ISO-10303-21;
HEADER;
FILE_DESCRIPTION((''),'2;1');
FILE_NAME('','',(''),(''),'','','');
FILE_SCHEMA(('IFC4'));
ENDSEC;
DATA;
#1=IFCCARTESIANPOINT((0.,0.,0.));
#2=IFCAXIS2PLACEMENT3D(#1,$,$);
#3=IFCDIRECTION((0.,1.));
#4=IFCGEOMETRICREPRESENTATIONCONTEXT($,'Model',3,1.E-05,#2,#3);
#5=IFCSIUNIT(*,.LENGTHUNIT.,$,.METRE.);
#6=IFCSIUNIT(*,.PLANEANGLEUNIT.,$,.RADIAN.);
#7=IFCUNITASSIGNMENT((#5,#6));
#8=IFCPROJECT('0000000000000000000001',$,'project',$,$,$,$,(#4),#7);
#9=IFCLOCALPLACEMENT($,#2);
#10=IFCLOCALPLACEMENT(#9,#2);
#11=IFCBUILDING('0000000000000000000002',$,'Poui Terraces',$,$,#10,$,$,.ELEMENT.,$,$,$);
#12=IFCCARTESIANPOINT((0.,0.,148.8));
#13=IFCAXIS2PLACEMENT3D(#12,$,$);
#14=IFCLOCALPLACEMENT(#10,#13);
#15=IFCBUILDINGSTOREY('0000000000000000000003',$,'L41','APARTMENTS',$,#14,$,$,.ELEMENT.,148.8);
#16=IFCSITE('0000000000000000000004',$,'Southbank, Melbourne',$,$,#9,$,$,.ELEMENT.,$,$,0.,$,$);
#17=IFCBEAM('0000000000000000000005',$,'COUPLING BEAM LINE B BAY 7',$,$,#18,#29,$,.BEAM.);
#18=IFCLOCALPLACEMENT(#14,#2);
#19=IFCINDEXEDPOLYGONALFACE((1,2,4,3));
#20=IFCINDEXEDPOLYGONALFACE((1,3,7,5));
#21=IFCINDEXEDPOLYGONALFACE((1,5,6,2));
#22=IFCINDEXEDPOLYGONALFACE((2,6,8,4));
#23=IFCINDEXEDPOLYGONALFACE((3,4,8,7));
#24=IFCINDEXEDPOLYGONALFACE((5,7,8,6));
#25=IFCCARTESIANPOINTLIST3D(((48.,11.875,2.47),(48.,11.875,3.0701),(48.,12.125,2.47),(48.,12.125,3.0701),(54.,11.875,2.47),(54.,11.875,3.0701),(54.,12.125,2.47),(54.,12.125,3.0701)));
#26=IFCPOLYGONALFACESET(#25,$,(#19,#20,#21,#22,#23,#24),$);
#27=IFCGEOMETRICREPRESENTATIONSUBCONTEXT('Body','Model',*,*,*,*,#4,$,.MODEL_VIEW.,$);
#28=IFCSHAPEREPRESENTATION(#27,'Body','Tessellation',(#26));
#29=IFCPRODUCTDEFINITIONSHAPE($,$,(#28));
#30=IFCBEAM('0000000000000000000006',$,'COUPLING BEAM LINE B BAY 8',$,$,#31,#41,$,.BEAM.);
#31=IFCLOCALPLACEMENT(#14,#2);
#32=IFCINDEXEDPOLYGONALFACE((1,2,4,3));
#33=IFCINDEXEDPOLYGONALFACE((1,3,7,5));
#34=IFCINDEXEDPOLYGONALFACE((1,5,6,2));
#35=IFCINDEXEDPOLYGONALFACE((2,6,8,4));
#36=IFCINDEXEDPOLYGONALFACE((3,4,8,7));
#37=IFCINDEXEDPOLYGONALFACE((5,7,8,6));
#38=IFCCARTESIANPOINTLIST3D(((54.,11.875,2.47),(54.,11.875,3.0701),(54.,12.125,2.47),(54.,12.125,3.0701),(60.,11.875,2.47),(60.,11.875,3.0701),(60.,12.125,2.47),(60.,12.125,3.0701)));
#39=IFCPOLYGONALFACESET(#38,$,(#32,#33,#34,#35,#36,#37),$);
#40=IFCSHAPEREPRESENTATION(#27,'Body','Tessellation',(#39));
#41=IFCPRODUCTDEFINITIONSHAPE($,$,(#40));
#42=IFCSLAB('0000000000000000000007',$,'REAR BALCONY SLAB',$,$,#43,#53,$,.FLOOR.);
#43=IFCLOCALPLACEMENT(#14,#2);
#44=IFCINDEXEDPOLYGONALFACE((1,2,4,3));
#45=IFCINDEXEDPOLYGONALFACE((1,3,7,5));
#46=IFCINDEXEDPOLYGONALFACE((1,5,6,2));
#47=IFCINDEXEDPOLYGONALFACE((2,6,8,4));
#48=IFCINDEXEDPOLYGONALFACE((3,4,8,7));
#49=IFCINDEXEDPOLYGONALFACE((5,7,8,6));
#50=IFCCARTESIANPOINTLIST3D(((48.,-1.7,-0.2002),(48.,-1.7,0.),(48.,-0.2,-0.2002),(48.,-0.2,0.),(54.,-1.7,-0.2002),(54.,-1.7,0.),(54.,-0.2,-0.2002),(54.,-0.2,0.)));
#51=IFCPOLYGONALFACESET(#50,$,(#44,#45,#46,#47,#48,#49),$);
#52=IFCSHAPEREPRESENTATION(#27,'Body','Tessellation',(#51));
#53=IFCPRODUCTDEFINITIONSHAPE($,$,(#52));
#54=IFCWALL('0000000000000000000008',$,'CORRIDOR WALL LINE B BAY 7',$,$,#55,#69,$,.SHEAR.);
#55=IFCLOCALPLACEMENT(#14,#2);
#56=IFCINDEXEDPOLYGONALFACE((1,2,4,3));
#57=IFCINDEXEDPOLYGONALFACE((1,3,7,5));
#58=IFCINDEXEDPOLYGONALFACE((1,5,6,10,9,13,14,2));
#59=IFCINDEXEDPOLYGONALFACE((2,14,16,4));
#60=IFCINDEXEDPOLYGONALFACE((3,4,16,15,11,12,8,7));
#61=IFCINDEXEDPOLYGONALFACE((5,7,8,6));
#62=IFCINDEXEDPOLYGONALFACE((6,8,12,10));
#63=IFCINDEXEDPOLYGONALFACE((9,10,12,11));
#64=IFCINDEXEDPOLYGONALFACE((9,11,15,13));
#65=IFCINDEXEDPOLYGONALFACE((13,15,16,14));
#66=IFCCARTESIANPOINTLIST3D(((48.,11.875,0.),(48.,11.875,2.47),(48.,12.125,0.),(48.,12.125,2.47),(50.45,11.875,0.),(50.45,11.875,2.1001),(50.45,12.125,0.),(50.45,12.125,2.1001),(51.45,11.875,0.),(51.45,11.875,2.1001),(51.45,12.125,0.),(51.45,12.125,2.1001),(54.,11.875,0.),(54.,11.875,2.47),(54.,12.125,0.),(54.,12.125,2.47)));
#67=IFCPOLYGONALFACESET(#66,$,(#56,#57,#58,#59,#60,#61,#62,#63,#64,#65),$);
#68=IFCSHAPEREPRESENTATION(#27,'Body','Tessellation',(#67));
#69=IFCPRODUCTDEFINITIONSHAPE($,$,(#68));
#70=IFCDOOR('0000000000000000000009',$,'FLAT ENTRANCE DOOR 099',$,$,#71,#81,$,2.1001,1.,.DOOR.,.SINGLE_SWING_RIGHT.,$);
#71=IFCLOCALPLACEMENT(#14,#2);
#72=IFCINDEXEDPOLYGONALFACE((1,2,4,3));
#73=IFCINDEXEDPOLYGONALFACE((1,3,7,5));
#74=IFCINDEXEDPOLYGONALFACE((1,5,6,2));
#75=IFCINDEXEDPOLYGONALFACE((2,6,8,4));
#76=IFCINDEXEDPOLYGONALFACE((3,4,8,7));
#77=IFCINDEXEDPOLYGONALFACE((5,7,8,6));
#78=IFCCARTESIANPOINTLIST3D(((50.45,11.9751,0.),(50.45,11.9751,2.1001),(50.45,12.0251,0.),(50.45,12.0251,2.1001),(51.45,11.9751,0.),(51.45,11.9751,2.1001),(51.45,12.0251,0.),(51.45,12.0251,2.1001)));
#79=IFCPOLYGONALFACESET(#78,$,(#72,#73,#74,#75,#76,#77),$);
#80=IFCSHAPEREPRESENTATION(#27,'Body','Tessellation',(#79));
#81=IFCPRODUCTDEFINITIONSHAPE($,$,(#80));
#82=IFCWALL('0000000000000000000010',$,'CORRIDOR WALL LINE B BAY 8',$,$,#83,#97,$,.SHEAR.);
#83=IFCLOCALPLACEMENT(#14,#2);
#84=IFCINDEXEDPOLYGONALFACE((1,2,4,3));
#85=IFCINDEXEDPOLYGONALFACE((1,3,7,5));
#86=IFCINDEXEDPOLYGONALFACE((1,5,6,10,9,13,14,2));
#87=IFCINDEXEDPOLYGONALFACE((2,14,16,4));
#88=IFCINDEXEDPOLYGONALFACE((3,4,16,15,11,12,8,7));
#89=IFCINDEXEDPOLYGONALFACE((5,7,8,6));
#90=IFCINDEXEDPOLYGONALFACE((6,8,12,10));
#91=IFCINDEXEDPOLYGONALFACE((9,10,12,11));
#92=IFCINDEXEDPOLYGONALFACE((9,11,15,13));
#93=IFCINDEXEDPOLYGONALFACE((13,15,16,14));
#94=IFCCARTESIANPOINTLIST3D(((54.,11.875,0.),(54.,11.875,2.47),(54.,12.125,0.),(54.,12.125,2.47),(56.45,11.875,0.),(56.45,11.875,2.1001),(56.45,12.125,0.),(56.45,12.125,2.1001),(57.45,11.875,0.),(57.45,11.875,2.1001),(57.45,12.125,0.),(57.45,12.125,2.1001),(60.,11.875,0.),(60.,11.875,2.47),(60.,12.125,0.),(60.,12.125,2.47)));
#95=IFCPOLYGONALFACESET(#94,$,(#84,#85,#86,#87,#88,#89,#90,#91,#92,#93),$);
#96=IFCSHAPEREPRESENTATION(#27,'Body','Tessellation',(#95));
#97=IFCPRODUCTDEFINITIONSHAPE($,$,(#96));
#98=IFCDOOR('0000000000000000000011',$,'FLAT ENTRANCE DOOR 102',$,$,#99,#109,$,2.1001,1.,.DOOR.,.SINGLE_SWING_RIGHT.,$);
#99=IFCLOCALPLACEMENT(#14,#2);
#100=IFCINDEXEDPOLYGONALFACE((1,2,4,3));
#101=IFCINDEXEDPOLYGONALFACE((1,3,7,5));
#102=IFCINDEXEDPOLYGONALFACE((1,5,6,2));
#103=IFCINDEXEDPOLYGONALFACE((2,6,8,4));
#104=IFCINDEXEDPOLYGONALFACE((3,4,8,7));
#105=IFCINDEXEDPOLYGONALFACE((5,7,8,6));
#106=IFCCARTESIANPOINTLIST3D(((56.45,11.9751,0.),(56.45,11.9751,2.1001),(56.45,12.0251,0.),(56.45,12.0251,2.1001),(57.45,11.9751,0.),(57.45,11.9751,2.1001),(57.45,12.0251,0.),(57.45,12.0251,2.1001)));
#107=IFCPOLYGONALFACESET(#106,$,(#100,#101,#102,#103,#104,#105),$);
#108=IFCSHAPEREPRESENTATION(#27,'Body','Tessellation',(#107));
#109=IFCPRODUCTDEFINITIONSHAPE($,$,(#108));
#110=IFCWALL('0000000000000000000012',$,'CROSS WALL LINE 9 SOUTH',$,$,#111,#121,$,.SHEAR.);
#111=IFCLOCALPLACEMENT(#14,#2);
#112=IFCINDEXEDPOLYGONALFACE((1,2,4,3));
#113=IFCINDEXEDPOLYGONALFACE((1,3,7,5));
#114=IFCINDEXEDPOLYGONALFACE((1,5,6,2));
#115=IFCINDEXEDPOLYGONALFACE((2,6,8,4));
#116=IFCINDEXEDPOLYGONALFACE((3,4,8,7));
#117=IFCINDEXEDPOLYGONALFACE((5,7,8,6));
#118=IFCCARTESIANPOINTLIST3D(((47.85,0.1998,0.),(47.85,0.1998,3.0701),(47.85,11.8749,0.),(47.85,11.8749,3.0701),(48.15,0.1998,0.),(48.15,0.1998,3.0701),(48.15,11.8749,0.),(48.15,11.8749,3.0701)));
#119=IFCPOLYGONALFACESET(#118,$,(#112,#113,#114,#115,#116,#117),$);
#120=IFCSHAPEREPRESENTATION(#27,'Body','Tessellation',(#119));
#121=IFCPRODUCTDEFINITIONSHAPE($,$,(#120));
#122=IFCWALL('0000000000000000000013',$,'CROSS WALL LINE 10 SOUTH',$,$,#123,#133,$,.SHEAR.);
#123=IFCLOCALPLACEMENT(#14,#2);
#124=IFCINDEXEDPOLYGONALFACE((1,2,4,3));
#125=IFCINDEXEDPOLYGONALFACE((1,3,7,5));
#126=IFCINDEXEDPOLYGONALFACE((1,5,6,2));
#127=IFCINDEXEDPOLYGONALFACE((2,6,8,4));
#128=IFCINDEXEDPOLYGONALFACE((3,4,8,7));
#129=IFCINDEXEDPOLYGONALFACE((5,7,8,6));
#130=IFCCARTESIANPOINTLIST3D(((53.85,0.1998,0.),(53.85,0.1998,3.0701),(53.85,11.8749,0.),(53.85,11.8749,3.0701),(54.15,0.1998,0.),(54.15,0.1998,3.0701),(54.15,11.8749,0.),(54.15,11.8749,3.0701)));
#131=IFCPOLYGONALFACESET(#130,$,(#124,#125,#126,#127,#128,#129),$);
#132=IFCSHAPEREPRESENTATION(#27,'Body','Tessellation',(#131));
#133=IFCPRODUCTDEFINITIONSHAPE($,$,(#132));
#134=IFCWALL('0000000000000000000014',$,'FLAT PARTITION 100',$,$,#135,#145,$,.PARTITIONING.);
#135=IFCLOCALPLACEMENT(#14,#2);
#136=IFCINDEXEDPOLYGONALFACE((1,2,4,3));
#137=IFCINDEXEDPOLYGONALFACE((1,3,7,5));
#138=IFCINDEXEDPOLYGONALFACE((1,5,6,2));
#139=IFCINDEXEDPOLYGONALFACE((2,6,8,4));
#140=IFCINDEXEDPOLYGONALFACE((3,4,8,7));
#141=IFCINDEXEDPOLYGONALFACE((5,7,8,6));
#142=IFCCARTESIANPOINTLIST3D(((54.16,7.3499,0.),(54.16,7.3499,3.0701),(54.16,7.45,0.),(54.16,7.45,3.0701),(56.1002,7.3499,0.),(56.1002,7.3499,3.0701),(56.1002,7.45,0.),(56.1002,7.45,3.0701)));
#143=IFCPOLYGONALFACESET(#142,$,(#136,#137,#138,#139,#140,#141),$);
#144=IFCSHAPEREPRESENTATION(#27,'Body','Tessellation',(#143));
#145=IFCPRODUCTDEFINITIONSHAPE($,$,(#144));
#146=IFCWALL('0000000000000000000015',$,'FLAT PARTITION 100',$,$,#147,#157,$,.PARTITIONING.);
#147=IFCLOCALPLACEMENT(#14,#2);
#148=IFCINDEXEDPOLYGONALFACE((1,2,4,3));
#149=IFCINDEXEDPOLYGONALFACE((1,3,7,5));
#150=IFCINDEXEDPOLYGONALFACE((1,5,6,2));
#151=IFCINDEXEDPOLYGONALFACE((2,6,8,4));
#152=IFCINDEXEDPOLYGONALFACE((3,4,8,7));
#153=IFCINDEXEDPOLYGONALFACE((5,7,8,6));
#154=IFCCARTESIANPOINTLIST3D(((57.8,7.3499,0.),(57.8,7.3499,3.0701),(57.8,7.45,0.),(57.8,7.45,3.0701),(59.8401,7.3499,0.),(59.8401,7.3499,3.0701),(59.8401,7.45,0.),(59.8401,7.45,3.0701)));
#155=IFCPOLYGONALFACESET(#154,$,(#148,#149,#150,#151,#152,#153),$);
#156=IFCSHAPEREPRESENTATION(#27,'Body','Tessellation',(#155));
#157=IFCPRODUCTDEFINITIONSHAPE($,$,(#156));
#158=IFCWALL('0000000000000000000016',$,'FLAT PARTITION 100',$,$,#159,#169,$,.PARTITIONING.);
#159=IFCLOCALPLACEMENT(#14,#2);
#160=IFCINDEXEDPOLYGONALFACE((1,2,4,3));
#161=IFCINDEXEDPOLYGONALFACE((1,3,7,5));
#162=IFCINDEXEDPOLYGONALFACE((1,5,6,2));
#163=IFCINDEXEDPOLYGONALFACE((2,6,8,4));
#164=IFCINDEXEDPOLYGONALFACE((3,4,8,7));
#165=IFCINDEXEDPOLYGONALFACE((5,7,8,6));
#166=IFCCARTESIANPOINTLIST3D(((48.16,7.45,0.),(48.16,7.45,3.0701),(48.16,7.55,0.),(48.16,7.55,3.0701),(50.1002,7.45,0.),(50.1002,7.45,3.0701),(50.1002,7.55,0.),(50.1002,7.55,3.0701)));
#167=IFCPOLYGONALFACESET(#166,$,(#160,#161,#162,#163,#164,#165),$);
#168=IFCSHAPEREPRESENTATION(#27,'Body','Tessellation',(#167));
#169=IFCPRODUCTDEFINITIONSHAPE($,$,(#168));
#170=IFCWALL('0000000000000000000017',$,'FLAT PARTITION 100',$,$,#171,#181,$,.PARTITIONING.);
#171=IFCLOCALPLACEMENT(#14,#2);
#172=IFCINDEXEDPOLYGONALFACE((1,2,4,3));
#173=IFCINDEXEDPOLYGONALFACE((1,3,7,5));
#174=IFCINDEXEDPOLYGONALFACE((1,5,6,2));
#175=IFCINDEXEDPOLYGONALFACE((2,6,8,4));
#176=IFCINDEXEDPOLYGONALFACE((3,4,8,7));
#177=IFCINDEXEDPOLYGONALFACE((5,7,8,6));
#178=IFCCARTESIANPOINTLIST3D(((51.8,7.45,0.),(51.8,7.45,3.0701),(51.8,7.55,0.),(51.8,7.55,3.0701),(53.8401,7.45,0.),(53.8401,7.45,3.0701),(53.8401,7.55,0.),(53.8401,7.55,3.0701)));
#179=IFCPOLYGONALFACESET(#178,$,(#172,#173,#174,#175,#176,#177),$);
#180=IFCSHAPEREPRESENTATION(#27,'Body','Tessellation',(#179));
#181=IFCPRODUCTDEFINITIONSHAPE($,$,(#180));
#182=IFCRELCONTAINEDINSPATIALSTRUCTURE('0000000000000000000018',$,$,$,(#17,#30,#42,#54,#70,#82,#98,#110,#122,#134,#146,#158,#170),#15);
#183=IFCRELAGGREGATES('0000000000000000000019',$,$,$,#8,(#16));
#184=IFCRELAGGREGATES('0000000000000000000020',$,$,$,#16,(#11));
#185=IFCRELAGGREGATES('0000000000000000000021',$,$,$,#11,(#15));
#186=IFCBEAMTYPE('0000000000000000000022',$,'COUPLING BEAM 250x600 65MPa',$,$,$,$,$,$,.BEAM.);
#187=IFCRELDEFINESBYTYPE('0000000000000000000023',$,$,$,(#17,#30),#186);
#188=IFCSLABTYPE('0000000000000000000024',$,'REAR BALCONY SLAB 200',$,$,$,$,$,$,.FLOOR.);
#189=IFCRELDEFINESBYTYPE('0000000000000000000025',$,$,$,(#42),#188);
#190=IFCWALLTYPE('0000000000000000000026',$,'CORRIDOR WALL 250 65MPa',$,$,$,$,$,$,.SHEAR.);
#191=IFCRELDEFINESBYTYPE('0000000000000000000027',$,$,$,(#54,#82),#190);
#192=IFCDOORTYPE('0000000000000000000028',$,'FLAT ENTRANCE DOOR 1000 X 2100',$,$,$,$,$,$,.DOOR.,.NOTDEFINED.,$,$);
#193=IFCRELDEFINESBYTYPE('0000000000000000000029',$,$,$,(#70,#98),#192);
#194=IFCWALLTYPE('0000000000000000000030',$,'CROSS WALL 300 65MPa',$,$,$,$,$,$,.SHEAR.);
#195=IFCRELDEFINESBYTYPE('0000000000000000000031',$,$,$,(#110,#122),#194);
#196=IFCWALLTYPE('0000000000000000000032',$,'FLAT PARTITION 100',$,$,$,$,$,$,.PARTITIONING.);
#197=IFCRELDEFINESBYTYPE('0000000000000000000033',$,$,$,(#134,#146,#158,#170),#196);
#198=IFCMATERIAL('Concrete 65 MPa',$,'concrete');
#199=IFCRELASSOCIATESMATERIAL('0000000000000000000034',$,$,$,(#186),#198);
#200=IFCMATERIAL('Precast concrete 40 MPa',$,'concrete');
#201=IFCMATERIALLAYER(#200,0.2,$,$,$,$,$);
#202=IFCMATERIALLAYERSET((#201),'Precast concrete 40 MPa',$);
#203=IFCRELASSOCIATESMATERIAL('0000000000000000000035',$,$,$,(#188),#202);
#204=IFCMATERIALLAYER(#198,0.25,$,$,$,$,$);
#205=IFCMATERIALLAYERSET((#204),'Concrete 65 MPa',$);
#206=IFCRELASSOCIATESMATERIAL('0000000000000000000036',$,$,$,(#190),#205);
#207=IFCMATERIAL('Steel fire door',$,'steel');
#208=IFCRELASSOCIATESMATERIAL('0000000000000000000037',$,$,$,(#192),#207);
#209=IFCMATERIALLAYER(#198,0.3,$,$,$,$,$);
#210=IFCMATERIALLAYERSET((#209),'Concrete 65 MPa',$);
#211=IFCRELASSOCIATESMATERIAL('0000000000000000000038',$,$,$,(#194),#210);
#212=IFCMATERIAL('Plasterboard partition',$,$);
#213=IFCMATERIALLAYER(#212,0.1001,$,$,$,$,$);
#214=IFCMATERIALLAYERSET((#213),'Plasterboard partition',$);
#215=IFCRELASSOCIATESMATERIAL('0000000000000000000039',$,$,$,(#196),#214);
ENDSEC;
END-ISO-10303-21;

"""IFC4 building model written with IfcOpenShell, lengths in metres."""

from ifc_helpers import new_model, si_unit, direction, frame, frame_2d, origin, origin_2d, place, context, subcontext, project, spatial, polyline, rectangle, outline, extrude, source, transform, mapped, material, layer, layer_set, material_profile, profile_set, type_object, element, fill, save


model = new_model("IFC4")

# Units and contexts
model_context = context("Model", 3, precision=1e-05, world=origin(), true_north=direction((0.0, 1.0)))
body_context = subcontext(model_context, "Body", "Model", "MODEL_VIEW")
ifc_project = project(units=[si_unit("LENGTHUNIT", "METRE"), si_unit("PLANEANGLEUNIT", "RADIAN")], contexts=[model_context])

# Site, building, storey
site_placement = place(None, origin())
site = spatial("IfcSite", under=ifc_project, at=site_placement, Name="Southbank, Melbourne", CompositionType="ELEMENT", RefElevation=0.0)
building_placement = place(site_placement, origin())
building = spatial("IfcBuilding", under=site, at=building_placement, Name="Poui Terraces", CompositionType="ELEMENT")
storey_placement = place(building_placement, frame((0.0, 0.0, 148.8)))
storey = spatial("IfcBuildingStorey", under=building, at=storey_placement, Name="L41", Description="APARTMENTS", CompositionType="ELEMENT", Elevation=148.8)

# Beams
ifc_material_1 = material(Name="Concrete 65 MPa", Category="concrete")
ifc_material_profile_1 = material_profile(ifc_material_1, rectangle(XDim=0.25, YDim=0.6001, at=origin_2d()), Name="RC 250x600")
ifc_profile_set_1 = profile_set([ifc_material_profile_1], Name="Concrete 65 MPa")
beam_type = type_object("IfcBeamType", Name="COUPLING BEAM 250x600 65MPa", PredefinedType="BEAM", material=ifc_profile_set_1)
shared_shape_1 = source(origin(), body_context, "Body", "SweptSolid", [
    extrude(rectangle(XDim=0.25, YDim=0.6001, at=origin_2d()), origin(), (0.0, 0.0, 1.0), 6.0),
])
for number, where, z_axis, x_axis, name in (
    (1, (48.0, 12.0, 2.77), (1.0, 0.0, 0.0), (0.0, 1.0, 0.0), "COUPLING BEAM LINE B BAY 7"),
    (2, (54.0, 12.0, 2.77), (1.0, 0.0, 0.0), (0.0, 1.0, 0.0), "COUPLING BEAM LINE B BAY 8"),
):
    element("IfcBeam", number, at=place(storey_placement, frame(where, z_axis=z_axis, x_axis=x_axis)), inside=storey, type_object=beam_type, Name=name, PredefinedType="BEAM", context=body_context, shape_type="MappedRepresentation", body=[
        mapped(shared_shape_1, transform((0.0, 0.0, 0.0))),
    ])

# Slab
ifc_material_2 = material(Name="Precast concrete 40 MPa", Category="concrete")
ifc_layer_1 = layer(ifc_material_2, 0.2)
ifc_layer_set_1 = layer_set([ifc_layer_1], Name="Precast concrete 40 MPa")
slab_type = type_object("IfcSlabType", Name="REAR BALCONY SLAB 200", PredefinedType="FLOOR", material=ifc_layer_set_1)
shared_shape_2 = source(origin(), body_context, "Body", "SweptSolid", [
    extrude(outline(polyline([(0.0, 0.0), (6.0, 0.0), (6.0, 1.5), (0.0, 1.5), (0.0, 0.0)])), origin(), (0.0, 0.0, 1.0), 0.2002),
])
slab_placement = place(storey_placement, frame((48.0, -1.7, -0.2002)))
element("IfcSlab", 3, at=slab_placement, inside=storey, type_object=slab_type, Name="REAR BALCONY SLAB", PredefinedType="FLOOR", context=body_context, shape_type="MappedRepresentation", body=[
    mapped(shared_shape_2, transform((0.0, 0.0, 0.0))),
])

# Walls, openings, doors
ifc_layer_2 = layer(ifc_material_1, 0.25)
ifc_layer_set_2 = layer_set([ifc_layer_2], Name="Concrete 65 MPa")
wall_type_1 = type_object("IfcWallType", Name="CORRIDOR WALL 250 65MPa", PredefinedType="SHEAR", material=ifc_layer_set_2)
wall_1_placement = place(storey_placement, frame((48.0, 12.0, 0.0), z_axis=(0.0, 0.0, 1.0), x_axis=(1.0, 0.0, 0.0)))
wall_1 = element("IfcWall", 4, at=wall_1_placement, inside=storey, type_object=wall_type_1, Name="CORRIDOR WALL LINE B BAY 7", PredefinedType="SHEAR", context=body_context, shape_type="SweptSolid", body=[
    extrude(rectangle(XDim=6.0, YDim=0.25, at=frame_2d((3.0, 0.0))), origin(), (0.0, 0.0, 1.0), 2.47),
])
opening_1_placement = place(wall_1_placement, frame((2.45, 0.0, 0.0)))
opening_1 = element("IfcOpeningElement", 5, at=opening_1_placement, cuts=wall_1, PredefinedType="OPENING", context=body_context, shape_type="SweptSolid", body=[
    extrude(rectangle(XDim=1.0, YDim=2.1001, at=frame_2d((0.5, 1.05))), frame((0.0, 0.135, 0.0), z_axis=(0.0, -1.0, 0.0), x_axis=(1.0, 0.0, 0.0)), (0.0, 0.0, 1.0), 0.27),
])
ifc_material_3 = material(Name="Steel fire door", Category="steel")
door_type_1 = type_object("IfcDoorType", Name="FLAT ENTRANCE DOOR 1000 X 2100", OperationType="NOTDEFINED", PredefinedType="DOOR", material=ifc_material_3)
door_1_placement = place(opening_1_placement, frame((1.0, 0.0, 0.0), z_axis=(0.0, 0.0, 1.0), x_axis=(-1.0, 0.0, 0.0)))
door_1 = element("IfcDoor", 6, at=door_1_placement, inside=storey, type_object=door_type_1, Name="FLAT ENTRANCE DOOR 099", OperationType="SINGLE_SWING_RIGHT", OverallHeight=2.1001, OverallWidth=1.0, PredefinedType="DOOR", context=body_context, shape_type="SweptSolid", body=[
    extrude(rectangle(XDim=1.0, YDim=2.1001, at=frame_2d((0.5, 1.05))), frame((0.0, 0.0249, 0.0), z_axis=(0.0, -1.0, 0.0), x_axis=(1.0, 0.0, 0.0)), (0.0, 0.0, 1.0), 0.05),
])
fill(opening_1, door_1)
wall_2_placement = place(storey_placement, frame((54.0, 12.0, 0.0), z_axis=(0.0, 0.0, 1.0), x_axis=(1.0, 0.0, 0.0)))
wall_2 = element("IfcWall", 7, at=wall_2_placement, inside=storey, type_object=wall_type_1, Name="CORRIDOR WALL LINE B BAY 8", PredefinedType="SHEAR", context=body_context, shape_type="SweptSolid", body=[
    extrude(rectangle(XDim=6.0, YDim=0.25, at=frame_2d((3.0, 0.0))), origin(), (0.0, 0.0, 1.0), 2.47),
])
opening_2_placement = place(wall_2_placement, frame((2.45, 0.0, 0.0)))
opening_2 = element("IfcOpeningElement", 8, at=opening_2_placement, cuts=wall_2, PredefinedType="OPENING", context=body_context, shape_type="SweptSolid", body=[
    extrude(rectangle(XDim=1.0, YDim=2.1001, at=frame_2d((0.5, 1.05))), frame((0.0, 0.135, 0.0), z_axis=(0.0, -1.0, 0.0), x_axis=(1.0, 0.0, 0.0)), (0.0, 0.0, 1.0), 0.27),
])
door_2_placement = place(opening_2_placement, frame((1.0, 0.0, 0.0), z_axis=(0.0, 0.0, 1.0), x_axis=(-1.0, 0.0, 0.0)))
door_2 = element("IfcDoor", 9, at=door_2_placement, inside=storey, type_object=door_type_1, Name="FLAT ENTRANCE DOOR 102", OperationType="SINGLE_SWING_RIGHT", OverallHeight=2.1001, OverallWidth=1.0, PredefinedType="DOOR", context=body_context, shape_type="SweptSolid", body=[
    extrude(rectangle(XDim=1.0, YDim=2.1001, at=frame_2d((0.5, 1.05))), frame((0.0, 0.0249, 0.0), z_axis=(0.0, -1.0, 0.0), x_axis=(1.0, 0.0, 0.0)), (0.0, 0.0, 1.0), 0.05),
])
fill(opening_2, door_2)

# Walls
ifc_layer_3 = layer(ifc_material_1, 0.3)
ifc_layer_set_3 = layer_set([ifc_layer_3], Name="Concrete 65 MPa")
wall_type_2 = type_object("IfcWallType", Name="CROSS WALL 300 65MPa", PredefinedType="SHEAR", material=ifc_layer_set_3)
for number, where, z_axis, x_axis, name in (
    (10, (48.0, 0.2, 0.0), (0.0, 0.0, 1.0), (0.0, 1.0, 0.0), "CROSS WALL LINE 9 SOUTH"),
    (11, (54.0, 0.2, 0.0), (0.0, 0.0, 1.0), (0.0, 1.0, 0.0), "CROSS WALL LINE 10 SOUTH"),
):
    element("IfcWall", number, at=place(storey_placement, frame(where, z_axis=z_axis, x_axis=x_axis)), inside=storey, type_object=wall_type_2, Name=name, PredefinedType="SHEAR", context=body_context, shape_type="SweptSolid", body=[
        extrude(rectangle(XDim=11.675, YDim=0.3, at=frame_2d((5.8374, 0.0))), origin(), (0.0, 0.0, 1.0), 3.0701),
    ])
ifc_material_4 = material(Name="Plasterboard partition")
ifc_layer_4 = layer(ifc_material_4, 0.1001)
ifc_layer_set_4 = layer_set([ifc_layer_4], Name="Plasterboard partition")
wall_type_3 = type_object("IfcWallType", Name="FLAT PARTITION 100", PredefinedType="PARTITIONING", material=ifc_layer_set_4)
wall_3_placement = place(storey_placement, frame((54.1599, 7.3999, 0.0), z_axis=(0.0, 0.0, 1.0), x_axis=(1.0, 0.0, 0.0)))
element("IfcWall", 12, at=wall_3_placement, inside=storey, type_object=wall_type_3, Name="FLAT PARTITION 100", PredefinedType="PARTITIONING", context=body_context, shape_type="SweptSolid", body=[
    extrude(rectangle(XDim=1.9402, YDim=0.1001, at=frame_2d((0.9702, 0.0))), origin(), (0.0, 0.0, 1.0), 3.0701),
])
wall_4_placement = place(storey_placement, frame((57.8, 7.3999, 0.0), z_axis=(0.0, 0.0, 1.0), x_axis=(1.0, 0.0, 0.0)))
element("IfcWall", 13, at=wall_4_placement, inside=storey, type_object=wall_type_3, Name="FLAT PARTITION 100", PredefinedType="PARTITIONING", context=body_context, shape_type="SweptSolid", body=[
    extrude(rectangle(XDim=2.04, YDim=0.1001, at=frame_2d((1.02, 0.0))), origin(), (0.0, 0.0, 1.0), 3.0701),
])
wall_5_placement = place(storey_placement, frame((48.1599, 7.5, 0.0), z_axis=(0.0, 0.0, 1.0), x_axis=(1.0, 0.0, 0.0)))
element("IfcWall", 14, at=wall_5_placement, inside=storey, type_object=wall_type_3, Name="FLAT PARTITION 100", PredefinedType="PARTITIONING", context=body_context, shape_type="SweptSolid", body=[
    extrude(rectangle(XDim=1.9402, YDim=0.1001, at=frame_2d((0.9702, 0.0))), origin(), (0.0, 0.0, 1.0), 3.0701),
])
wall_6_placement = place(storey_placement, frame((51.8, 7.5, 0.0), z_axis=(0.0, 0.0, 1.0), x_axis=(1.0, 0.0, 0.0)))
element("IfcWall", 15, at=wall_6_placement, inside=storey, type_object=wall_type_3, Name="FLAT PARTITION 100", PredefinedType="PARTITIONING", context=body_context, shape_type="SweptSolid", body=[
    extrude(rectangle(XDim=2.04, YDim=0.1001, at=frame_2d((1.02, 0.0))), origin(), (0.0, 0.0, 1.0), 3.0701),
])

save(model, "model.ifc")
